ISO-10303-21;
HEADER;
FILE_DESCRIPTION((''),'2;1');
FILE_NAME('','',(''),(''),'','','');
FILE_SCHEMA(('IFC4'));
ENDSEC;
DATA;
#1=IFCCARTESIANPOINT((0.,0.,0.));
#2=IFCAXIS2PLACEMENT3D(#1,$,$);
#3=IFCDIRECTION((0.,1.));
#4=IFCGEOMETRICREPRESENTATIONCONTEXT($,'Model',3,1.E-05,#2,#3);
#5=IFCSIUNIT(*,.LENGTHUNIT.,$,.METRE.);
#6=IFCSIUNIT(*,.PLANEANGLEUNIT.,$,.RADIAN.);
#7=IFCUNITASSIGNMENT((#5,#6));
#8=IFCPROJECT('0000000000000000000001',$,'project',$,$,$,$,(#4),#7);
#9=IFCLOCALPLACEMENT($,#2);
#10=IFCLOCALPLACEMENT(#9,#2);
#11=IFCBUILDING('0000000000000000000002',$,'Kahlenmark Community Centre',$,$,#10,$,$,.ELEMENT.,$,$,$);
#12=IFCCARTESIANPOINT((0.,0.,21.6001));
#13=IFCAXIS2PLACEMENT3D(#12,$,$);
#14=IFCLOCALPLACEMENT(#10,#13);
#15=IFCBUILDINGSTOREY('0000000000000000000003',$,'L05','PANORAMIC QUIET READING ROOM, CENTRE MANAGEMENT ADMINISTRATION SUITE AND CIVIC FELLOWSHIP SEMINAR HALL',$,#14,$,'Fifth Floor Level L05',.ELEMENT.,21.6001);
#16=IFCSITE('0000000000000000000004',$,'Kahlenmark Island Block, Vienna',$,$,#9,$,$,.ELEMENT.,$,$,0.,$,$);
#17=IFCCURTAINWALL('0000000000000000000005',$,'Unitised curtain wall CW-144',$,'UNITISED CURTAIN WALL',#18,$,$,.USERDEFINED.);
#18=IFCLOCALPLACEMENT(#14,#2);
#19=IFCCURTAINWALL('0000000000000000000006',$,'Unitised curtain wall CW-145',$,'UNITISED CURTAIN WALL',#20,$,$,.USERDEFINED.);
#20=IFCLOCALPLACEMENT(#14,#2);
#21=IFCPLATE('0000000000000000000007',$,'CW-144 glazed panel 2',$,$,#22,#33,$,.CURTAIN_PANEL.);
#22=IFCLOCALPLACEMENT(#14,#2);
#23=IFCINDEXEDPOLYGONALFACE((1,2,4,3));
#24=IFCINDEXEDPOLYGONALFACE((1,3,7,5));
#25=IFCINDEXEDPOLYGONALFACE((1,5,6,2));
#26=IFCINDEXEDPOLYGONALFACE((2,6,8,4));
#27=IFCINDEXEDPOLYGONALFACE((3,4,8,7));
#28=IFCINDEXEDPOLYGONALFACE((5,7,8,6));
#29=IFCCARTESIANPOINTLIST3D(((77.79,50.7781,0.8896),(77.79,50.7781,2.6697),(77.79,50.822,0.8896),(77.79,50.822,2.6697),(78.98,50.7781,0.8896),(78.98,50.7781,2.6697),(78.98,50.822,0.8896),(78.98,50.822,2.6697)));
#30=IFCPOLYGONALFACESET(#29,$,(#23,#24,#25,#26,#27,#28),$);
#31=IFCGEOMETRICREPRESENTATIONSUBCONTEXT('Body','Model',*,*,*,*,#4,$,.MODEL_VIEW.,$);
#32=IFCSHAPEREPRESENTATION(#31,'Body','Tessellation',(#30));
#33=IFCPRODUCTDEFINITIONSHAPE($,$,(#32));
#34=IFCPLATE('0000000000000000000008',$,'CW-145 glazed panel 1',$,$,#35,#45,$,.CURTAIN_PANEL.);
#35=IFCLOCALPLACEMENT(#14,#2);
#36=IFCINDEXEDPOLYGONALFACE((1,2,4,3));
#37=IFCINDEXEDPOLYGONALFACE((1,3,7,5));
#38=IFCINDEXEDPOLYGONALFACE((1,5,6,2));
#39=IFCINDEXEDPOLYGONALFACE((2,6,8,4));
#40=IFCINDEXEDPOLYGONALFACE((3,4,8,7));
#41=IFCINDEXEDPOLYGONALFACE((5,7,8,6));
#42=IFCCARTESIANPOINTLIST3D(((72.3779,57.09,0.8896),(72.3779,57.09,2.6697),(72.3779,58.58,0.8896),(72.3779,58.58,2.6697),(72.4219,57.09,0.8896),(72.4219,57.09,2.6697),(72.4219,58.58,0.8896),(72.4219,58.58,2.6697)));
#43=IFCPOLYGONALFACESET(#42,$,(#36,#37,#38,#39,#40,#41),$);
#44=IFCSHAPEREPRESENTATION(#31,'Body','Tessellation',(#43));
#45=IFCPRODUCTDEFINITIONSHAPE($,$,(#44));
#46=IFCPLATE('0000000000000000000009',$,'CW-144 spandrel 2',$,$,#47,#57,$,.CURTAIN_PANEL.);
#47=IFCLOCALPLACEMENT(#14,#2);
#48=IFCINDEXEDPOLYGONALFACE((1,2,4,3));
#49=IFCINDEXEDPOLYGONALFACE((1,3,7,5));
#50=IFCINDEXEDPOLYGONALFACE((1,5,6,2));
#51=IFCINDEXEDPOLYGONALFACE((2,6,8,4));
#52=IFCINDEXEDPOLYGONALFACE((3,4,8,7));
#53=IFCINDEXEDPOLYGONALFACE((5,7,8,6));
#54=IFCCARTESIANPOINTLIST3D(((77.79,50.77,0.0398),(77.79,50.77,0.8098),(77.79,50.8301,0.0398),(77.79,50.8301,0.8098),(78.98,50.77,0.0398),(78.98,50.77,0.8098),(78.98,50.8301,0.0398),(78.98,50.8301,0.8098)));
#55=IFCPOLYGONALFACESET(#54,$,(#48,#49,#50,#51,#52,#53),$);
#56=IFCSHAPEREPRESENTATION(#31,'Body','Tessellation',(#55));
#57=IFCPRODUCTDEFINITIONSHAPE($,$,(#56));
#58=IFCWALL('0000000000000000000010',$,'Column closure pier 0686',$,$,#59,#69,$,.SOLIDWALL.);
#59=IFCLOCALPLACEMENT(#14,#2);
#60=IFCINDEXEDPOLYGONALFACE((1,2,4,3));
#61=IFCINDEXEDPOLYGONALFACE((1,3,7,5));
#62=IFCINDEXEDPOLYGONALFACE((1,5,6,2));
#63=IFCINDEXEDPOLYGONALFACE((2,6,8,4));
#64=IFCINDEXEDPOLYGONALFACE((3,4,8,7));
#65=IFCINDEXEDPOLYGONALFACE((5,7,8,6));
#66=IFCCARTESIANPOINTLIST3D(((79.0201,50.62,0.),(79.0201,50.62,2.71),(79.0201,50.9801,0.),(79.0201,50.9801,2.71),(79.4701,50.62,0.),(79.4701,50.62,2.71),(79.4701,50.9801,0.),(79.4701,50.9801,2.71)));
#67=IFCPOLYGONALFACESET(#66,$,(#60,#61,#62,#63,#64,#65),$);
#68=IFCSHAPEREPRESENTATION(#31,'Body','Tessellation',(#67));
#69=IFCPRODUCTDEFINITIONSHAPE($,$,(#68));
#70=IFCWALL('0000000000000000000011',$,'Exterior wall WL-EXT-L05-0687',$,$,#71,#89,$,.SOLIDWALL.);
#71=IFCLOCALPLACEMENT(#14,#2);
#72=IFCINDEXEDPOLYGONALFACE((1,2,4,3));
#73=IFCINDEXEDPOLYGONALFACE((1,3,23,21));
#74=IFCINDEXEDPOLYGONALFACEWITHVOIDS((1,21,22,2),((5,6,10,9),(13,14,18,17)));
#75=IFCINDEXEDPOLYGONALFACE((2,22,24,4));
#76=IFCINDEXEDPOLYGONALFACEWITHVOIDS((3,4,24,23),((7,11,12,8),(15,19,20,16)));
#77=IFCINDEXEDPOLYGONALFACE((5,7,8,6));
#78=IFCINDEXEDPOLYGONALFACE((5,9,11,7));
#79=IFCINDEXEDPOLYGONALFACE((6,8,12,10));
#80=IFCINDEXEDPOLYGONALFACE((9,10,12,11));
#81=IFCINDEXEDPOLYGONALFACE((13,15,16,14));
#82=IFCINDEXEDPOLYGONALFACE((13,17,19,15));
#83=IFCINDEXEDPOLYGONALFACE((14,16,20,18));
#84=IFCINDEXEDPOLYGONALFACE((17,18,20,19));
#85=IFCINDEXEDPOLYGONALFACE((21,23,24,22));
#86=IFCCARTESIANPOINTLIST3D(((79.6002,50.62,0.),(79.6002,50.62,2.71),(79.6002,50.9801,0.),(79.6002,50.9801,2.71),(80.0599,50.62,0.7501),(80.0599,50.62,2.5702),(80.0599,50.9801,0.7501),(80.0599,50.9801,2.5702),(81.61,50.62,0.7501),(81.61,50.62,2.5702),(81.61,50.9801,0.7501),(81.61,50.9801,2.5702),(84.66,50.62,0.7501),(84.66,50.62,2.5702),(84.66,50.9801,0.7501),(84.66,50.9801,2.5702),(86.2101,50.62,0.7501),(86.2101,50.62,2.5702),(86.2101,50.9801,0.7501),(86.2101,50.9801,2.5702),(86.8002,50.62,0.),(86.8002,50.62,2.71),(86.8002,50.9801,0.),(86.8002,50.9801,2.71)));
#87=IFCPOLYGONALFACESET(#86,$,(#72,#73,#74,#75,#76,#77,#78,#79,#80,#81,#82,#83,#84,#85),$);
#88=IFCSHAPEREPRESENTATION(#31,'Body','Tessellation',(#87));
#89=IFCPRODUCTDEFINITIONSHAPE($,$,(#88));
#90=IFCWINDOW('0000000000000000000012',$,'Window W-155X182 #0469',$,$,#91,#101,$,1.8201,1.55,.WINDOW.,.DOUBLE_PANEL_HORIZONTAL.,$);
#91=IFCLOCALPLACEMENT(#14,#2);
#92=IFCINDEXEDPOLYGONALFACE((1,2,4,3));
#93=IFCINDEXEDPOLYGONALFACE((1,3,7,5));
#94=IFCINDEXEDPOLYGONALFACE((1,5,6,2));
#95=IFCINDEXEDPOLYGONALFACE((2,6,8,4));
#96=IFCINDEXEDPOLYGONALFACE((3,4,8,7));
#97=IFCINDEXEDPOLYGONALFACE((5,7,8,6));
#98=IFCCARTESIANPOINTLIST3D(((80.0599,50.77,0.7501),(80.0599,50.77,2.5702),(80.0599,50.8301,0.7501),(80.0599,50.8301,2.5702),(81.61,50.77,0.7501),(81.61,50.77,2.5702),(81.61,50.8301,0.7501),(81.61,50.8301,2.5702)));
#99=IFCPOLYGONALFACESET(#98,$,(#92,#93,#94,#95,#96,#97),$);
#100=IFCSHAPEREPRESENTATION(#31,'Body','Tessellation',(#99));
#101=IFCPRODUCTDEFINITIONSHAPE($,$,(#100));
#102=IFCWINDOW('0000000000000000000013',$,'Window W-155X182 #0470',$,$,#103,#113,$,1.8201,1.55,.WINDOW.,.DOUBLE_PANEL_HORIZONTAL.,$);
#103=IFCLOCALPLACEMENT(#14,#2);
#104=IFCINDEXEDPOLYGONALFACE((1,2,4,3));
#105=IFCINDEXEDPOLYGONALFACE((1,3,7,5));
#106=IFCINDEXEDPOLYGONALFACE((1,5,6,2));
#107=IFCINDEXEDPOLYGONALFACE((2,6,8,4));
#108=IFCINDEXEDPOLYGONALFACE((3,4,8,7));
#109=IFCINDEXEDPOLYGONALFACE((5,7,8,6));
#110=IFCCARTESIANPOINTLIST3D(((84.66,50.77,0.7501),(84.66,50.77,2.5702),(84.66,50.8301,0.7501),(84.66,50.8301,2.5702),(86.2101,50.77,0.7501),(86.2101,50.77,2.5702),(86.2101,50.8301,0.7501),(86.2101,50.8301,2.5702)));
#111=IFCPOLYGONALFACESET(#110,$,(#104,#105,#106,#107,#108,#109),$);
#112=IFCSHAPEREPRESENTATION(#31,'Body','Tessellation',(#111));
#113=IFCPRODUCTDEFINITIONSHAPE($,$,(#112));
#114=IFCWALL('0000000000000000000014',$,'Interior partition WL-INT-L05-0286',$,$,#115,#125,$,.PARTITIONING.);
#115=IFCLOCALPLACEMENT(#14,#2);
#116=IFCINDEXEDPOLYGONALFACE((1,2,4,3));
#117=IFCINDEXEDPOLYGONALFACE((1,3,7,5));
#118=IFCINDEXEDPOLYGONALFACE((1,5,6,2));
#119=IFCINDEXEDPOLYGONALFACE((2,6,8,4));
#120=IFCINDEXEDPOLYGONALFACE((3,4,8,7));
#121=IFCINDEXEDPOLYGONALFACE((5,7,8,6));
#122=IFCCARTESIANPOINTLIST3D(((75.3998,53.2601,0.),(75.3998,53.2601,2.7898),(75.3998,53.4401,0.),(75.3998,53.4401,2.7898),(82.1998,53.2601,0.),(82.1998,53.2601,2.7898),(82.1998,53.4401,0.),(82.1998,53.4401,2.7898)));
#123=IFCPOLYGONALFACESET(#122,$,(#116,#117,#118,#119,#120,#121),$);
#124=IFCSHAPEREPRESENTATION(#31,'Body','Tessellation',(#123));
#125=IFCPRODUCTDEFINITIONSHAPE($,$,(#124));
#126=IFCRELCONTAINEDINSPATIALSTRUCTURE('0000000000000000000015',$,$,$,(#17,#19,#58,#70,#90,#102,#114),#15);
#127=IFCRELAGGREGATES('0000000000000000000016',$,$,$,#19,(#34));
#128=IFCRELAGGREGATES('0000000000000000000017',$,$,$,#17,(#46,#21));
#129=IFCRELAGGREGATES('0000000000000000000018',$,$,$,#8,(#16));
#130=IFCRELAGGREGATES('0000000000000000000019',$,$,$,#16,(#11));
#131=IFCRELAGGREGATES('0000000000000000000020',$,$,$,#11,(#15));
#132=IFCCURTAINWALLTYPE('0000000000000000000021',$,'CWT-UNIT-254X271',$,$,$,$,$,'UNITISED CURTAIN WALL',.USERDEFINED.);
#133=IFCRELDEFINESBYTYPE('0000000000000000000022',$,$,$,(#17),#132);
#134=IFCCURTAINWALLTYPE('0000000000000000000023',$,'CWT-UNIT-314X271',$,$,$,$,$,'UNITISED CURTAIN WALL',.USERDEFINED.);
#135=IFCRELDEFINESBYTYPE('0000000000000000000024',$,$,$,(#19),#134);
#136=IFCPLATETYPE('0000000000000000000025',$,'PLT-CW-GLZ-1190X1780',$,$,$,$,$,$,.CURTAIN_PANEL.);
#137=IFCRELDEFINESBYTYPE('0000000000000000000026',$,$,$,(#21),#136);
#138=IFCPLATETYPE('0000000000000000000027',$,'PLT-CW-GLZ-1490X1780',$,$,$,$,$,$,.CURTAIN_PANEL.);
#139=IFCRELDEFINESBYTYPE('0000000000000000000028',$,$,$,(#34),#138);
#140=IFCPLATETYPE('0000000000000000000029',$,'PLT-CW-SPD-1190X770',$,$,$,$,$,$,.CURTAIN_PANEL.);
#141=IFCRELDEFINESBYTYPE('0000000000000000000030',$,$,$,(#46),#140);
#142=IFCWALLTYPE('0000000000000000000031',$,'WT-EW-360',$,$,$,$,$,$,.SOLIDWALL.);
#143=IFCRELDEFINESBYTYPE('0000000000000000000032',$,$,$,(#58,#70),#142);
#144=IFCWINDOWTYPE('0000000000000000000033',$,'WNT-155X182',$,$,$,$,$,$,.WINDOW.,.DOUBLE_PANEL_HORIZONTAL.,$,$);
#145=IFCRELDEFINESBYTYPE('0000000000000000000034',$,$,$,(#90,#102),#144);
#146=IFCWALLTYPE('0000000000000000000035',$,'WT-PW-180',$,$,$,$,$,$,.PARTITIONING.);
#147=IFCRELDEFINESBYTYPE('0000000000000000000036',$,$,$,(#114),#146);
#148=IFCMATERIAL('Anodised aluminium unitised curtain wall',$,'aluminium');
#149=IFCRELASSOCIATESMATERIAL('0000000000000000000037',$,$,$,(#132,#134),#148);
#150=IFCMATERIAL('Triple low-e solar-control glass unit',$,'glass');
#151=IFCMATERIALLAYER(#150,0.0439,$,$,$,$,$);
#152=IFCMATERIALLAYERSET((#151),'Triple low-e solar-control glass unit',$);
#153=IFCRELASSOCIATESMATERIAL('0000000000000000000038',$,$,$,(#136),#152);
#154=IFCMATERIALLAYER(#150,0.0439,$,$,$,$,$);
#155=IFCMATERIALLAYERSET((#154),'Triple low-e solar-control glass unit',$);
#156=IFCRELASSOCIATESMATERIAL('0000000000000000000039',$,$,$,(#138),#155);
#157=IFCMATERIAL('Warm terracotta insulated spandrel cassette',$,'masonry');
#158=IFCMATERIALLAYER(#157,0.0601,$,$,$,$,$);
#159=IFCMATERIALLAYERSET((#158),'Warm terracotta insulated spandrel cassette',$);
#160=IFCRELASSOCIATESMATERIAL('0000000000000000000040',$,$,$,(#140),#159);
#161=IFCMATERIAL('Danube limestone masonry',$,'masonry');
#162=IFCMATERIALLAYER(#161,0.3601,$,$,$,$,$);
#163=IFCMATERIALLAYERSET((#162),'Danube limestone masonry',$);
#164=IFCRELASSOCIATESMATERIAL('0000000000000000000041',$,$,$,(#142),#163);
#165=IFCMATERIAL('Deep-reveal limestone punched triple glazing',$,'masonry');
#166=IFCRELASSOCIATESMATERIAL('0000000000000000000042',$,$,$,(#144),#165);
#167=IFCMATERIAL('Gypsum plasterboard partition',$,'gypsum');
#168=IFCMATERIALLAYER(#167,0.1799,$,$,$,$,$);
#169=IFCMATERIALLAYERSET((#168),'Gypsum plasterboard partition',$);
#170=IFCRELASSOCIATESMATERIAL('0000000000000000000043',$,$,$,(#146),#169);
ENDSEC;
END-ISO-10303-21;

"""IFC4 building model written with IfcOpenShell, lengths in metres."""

from ifc_helpers import new_model, si_unit, direction, frame, frame_2d, origin, origin_2d, place, context, subcontext, project, spatial, rectangle, extrude, material, layer, layer_set, type_object, element, fill, aggregate, save


model = new_model("IFC4")

# Units and contexts
model_context = context("Model", 3, precision=1e-05, world=origin(), true_north=direction((0.0, 1.0)))
body_context = subcontext(model_context, "Body", "Model", "MODEL_VIEW")
ifc_project = project(units=[si_unit("LENGTHUNIT", "METRE"), si_unit("PLANEANGLEUNIT", "RADIAN")], contexts=[model_context])

# Site, building, storey
site_placement = place(None, origin())
site = spatial("IfcSite", under=ifc_project, at=site_placement, Name="Kahlenmark Island Block, Vienna", CompositionType="ELEMENT", RefElevation=0.0)
building_placement = place(site_placement, origin())
building = spatial("IfcBuilding", under=site, at=building_placement, Name="Kahlenmark Community Centre", CompositionType="ELEMENT")
storey_placement = place(building_placement, frame((0.0, 0.0, 21.6001)))
storey = spatial("IfcBuildingStorey", under=building, at=storey_placement, Name="L05", Description="PANORAMIC QUIET READING ROOM, CENTRE MANAGEMENT ADMINISTRATION SUITE AND CIVIC FELLOWSHIP SEMINAR HALL", LongName="Fifth Floor Level L05", CompositionType="ELEMENT", Elevation=21.6001)

# Curtain walls
ifc_material_1 = material(Name="Anodised aluminium unitised curtain wall", Category="aluminium")
curtain_wall_type_1 = type_object("IfcCurtainWallType", Name="CWT-UNIT-254X271", ElementType="UNITISED CURTAIN WALL", PredefinedType="USERDEFINED", material=ifc_material_1)
curtain_wall_1_placement = place(storey_placement, origin())
curtain_wall_1 = element("IfcCurtainWall", 1, at=curtain_wall_1_placement, inside=storey, type_object=curtain_wall_type_1, Name="Unitised curtain wall CW-144", ObjectType="UNITISED CURTAIN WALL", PredefinedType="USERDEFINED")
curtain_wall_type_2 = type_object("IfcCurtainWallType", Name="CWT-UNIT-314X271", ElementType="UNITISED CURTAIN WALL", PredefinedType="USERDEFINED", material=ifc_material_1)
curtain_wall_2_placement = place(storey_placement, origin())
curtain_wall_2 = element("IfcCurtainWall", 2, at=curtain_wall_2_placement, inside=storey, type_object=curtain_wall_type_2, Name="Unitised curtain wall CW-145", ObjectType="UNITISED CURTAIN WALL", PredefinedType="USERDEFINED")

# Plates
ifc_material_2 = material(Name="Triple low-e solar-control glass unit", Category="glass")
ifc_layer_1 = layer(ifc_material_2, 0.0439)
ifc_layer_set_1 = layer_set([ifc_layer_1], Name="Triple low-e solar-control glass unit")
plate_type_1 = type_object("IfcPlateType", Name="PLT-CW-GLZ-1190X1780", PredefinedType="CURTAIN_PANEL", material=ifc_layer_set_1)
plate_1_placement = place(storey_placement, frame((78.385, 50.8, 0.8896), z_axis=(0.0, 0.0, 1.0), x_axis=(1.0, 0.0, 0.0)))
plate_1 = element("IfcPlate", 3, at=plate_1_placement, type_object=plate_type_1, Name="CW-144 glazed panel 2", PredefinedType="CURTAIN_PANEL", context=body_context, shape_type="SweptSolid", body=[
    extrude(rectangle(XDim=1.1899, YDim=0.0439, at=origin_2d()), origin(), (0.0, 0.0, 1.0), 1.78),
])
ifc_layer_2 = layer(ifc_material_2, 0.0439)
ifc_layer_set_2 = layer_set([ifc_layer_2], Name="Triple low-e solar-control glass unit")
plate_type_2 = type_object("IfcPlateType", Name="PLT-CW-GLZ-1490X1780", PredefinedType="CURTAIN_PANEL", material=ifc_layer_set_2)
plate_2_placement = place(storey_placement, frame((72.3999, 57.835, 0.8896), z_axis=(0.0, 0.0, 1.0), x_axis=(0.0, -1.0, 0.0)))
plate_2 = element("IfcPlate", 4, at=plate_2_placement, type_object=plate_type_2, Name="CW-145 glazed panel 1", PredefinedType="CURTAIN_PANEL", context=body_context, shape_type="SweptSolid", body=[
    extrude(rectangle(XDim=1.49, YDim=0.0439, at=origin_2d()), origin(), (0.0, 0.0, 1.0), 1.78),
])
aggregate(curtain_wall_2, [plate_2])
ifc_material_3 = material(Name="Warm terracotta insulated spandrel cassette", Category="masonry")
ifc_layer_3 = layer(ifc_material_3, 0.0601)
ifc_layer_set_3 = layer_set([ifc_layer_3], Name="Warm terracotta insulated spandrel cassette")
plate_type_3 = type_object("IfcPlateType", Name="PLT-CW-SPD-1190X770", PredefinedType="CURTAIN_PANEL", material=ifc_layer_set_3)
plate_3_placement = place(storey_placement, frame((78.385, 50.8, 0.0398), z_axis=(0.0, 0.0, 1.0), x_axis=(1.0, 0.0, 0.0)))
plate_3 = element("IfcPlate", 5, at=plate_3_placement, type_object=plate_type_3, Name="CW-144 spandrel 2", PredefinedType="CURTAIN_PANEL", context=body_context, shape_type="SweptSolid", body=[
    extrude(rectangle(XDim=1.1899, YDim=0.0601, at=origin_2d()), origin(), (0.0, 0.0, 1.0), 0.77),
])
aggregate(curtain_wall_1, [plate_3, plate_1])

# Wall
ifc_material_4 = material(Name="Danube limestone masonry", Category="masonry")
ifc_layer_4 = layer(ifc_material_4, 0.3601)
ifc_layer_set_4 = layer_set([ifc_layer_4], Name="Danube limestone masonry")
wall_type_1 = type_object("IfcWallType", Name="WT-EW-360", PredefinedType="SOLIDWALL", material=ifc_layer_set_4)
wall_1_placement = place(storey_placement, frame((79.02, 50.8, 0.0), z_axis=(0.0, 0.0, 1.0), x_axis=(1.0, 0.0, 0.0)))
element("IfcWall", 6, at=wall_1_placement, inside=storey, type_object=wall_type_1, Name="Column closure pier 0686", PredefinedType="SOLIDWALL", context=body_context, shape_type="SweptSolid", body=[
    extrude(rectangle(XDim=0.45, YDim=0.3601, at=frame_2d((0.2251, 0.0))), origin(), (0.0, 0.0, 1.0), 2.71),
])

# Wall, openings, windows
wall_2_placement = place(storey_placement, frame((79.6001, 50.8, 0.0), z_axis=(0.0, 0.0, 1.0), x_axis=(1.0, 0.0, 0.0)))
wall_2 = element("IfcWall", 7, at=wall_2_placement, inside=storey, type_object=wall_type_1, Name="Exterior wall WL-EXT-L05-0687", PredefinedType="SOLIDWALL", context=body_context, shape_type="SweptSolid", body=[
    extrude(rectangle(XDim=7.2, YDim=0.3601, at=frame_2d((3.6001, 0.0))), origin(), (0.0, 0.0, 1.0), 2.71),
])
opening_1_placement = place(wall_2_placement, frame((0.46, 0.0, 0.75)))
opening_1 = element("IfcOpeningElement", 8, at=opening_1_placement, cuts=wall_2, PredefinedType="OPENING", context=body_context, shape_type="SweptSolid", body=[
    extrude(rectangle(XDim=1.55, YDim=1.8201, at=frame_2d((0.7749, 0.9102))), frame((0.0, 0.1899, 0.0), z_axis=(0.0, -1.0, 0.0), x_axis=(1.0, 0.0, 0.0)), (0.0, 0.0, 1.0), 0.3801),
])
opening_2_placement = place(wall_2_placement, frame((5.0601, 0.0, 0.75)))
opening_2 = element("IfcOpeningElement", 9, at=opening_2_placement, cuts=wall_2, PredefinedType="OPENING", context=body_context, shape_type="SweptSolid", body=[
    extrude(rectangle(XDim=1.55, YDim=1.8201, at=frame_2d((0.7749, 0.9102))), frame((0.0, 0.1899, 0.0), z_axis=(0.0, -1.0, 0.0), x_axis=(1.0, 0.0, 0.0)), (0.0, 0.0, 1.0), 0.3801),
])
ifc_material_5 = material(Name="Deep-reveal limestone punched triple glazing", Category="masonry")
window_type = type_object("IfcWindowType", Name="WNT-155X182", PartitioningType="DOUBLE_PANEL_HORIZONTAL", PredefinedType="WINDOW", material=ifc_material_5)
window_1_placement = place(opening_1_placement, origin())
window_1 = element("IfcWindow", 10, at=window_1_placement, inside=storey, type_object=window_type, Name="Window W-155X182 #0469", OverallHeight=1.8201, OverallWidth=1.55, PartitioningType="DOUBLE_PANEL_HORIZONTAL", PredefinedType="WINDOW", context=body_context, shape_type="SweptSolid", body=[
    extrude(rectangle(XDim=1.55, YDim=1.8201, at=frame_2d((0.7749, 0.9102))), frame((0.0, 0.03, 0.0), z_axis=(0.0, -1.0, 0.0), x_axis=(1.0, 0.0, 0.0)), (0.0, 0.0, 1.0), 0.0601),
])
fill(opening_1, window_1)
window_2_placement = place(opening_2_placement, origin())
window_2 = element("IfcWindow", 11, at=window_2_placement, inside=storey, type_object=window_type, Name="Window W-155X182 #0470", OverallHeight=1.8201, OverallWidth=1.55, PartitioningType="DOUBLE_PANEL_HORIZONTAL", PredefinedType="WINDOW", context=body_context, shape_type="SweptSolid", body=[
    extrude(rectangle(XDim=1.55, YDim=1.8201, at=frame_2d((0.7749, 0.9102))), frame((0.0, 0.03, 0.0), z_axis=(0.0, -1.0, 0.0), x_axis=(1.0, 0.0, 0.0)), (0.0, 0.0, 1.0), 0.0601),
])
fill(opening_2, window_2)

# Wall
ifc_material_6 = material(Name="Gypsum plasterboard partition", Category="gypsum")
ifc_layer_5 = layer(ifc_material_6, 0.1799)
ifc_layer_set_5 = layer_set([ifc_layer_5], Name="Gypsum plasterboard partition")
wall_type_2 = type_object("IfcWallType", Name="WT-PW-180", PredefinedType="PARTITIONING", material=ifc_layer_set_5)
wall_3_placement = place(storey_placement, frame((75.3999, 53.3501, 0.0), z_axis=(0.0, 0.0, 1.0), x_axis=(1.0, 0.0, 0.0)))
element("IfcWall", 12, at=wall_3_placement, inside=storey, type_object=wall_type_2, Name="Interior partition WL-INT-L05-0286", PredefinedType="PARTITIONING", context=body_context, shape_type="SweptSolid", body=[
    extrude(rectangle(XDim=6.8, YDim=0.1799, at=frame_2d((3.3999, 0.0))), origin(), (0.0, 0.0, 1.0), 2.7898),
])

save(model, "model.ifc")
